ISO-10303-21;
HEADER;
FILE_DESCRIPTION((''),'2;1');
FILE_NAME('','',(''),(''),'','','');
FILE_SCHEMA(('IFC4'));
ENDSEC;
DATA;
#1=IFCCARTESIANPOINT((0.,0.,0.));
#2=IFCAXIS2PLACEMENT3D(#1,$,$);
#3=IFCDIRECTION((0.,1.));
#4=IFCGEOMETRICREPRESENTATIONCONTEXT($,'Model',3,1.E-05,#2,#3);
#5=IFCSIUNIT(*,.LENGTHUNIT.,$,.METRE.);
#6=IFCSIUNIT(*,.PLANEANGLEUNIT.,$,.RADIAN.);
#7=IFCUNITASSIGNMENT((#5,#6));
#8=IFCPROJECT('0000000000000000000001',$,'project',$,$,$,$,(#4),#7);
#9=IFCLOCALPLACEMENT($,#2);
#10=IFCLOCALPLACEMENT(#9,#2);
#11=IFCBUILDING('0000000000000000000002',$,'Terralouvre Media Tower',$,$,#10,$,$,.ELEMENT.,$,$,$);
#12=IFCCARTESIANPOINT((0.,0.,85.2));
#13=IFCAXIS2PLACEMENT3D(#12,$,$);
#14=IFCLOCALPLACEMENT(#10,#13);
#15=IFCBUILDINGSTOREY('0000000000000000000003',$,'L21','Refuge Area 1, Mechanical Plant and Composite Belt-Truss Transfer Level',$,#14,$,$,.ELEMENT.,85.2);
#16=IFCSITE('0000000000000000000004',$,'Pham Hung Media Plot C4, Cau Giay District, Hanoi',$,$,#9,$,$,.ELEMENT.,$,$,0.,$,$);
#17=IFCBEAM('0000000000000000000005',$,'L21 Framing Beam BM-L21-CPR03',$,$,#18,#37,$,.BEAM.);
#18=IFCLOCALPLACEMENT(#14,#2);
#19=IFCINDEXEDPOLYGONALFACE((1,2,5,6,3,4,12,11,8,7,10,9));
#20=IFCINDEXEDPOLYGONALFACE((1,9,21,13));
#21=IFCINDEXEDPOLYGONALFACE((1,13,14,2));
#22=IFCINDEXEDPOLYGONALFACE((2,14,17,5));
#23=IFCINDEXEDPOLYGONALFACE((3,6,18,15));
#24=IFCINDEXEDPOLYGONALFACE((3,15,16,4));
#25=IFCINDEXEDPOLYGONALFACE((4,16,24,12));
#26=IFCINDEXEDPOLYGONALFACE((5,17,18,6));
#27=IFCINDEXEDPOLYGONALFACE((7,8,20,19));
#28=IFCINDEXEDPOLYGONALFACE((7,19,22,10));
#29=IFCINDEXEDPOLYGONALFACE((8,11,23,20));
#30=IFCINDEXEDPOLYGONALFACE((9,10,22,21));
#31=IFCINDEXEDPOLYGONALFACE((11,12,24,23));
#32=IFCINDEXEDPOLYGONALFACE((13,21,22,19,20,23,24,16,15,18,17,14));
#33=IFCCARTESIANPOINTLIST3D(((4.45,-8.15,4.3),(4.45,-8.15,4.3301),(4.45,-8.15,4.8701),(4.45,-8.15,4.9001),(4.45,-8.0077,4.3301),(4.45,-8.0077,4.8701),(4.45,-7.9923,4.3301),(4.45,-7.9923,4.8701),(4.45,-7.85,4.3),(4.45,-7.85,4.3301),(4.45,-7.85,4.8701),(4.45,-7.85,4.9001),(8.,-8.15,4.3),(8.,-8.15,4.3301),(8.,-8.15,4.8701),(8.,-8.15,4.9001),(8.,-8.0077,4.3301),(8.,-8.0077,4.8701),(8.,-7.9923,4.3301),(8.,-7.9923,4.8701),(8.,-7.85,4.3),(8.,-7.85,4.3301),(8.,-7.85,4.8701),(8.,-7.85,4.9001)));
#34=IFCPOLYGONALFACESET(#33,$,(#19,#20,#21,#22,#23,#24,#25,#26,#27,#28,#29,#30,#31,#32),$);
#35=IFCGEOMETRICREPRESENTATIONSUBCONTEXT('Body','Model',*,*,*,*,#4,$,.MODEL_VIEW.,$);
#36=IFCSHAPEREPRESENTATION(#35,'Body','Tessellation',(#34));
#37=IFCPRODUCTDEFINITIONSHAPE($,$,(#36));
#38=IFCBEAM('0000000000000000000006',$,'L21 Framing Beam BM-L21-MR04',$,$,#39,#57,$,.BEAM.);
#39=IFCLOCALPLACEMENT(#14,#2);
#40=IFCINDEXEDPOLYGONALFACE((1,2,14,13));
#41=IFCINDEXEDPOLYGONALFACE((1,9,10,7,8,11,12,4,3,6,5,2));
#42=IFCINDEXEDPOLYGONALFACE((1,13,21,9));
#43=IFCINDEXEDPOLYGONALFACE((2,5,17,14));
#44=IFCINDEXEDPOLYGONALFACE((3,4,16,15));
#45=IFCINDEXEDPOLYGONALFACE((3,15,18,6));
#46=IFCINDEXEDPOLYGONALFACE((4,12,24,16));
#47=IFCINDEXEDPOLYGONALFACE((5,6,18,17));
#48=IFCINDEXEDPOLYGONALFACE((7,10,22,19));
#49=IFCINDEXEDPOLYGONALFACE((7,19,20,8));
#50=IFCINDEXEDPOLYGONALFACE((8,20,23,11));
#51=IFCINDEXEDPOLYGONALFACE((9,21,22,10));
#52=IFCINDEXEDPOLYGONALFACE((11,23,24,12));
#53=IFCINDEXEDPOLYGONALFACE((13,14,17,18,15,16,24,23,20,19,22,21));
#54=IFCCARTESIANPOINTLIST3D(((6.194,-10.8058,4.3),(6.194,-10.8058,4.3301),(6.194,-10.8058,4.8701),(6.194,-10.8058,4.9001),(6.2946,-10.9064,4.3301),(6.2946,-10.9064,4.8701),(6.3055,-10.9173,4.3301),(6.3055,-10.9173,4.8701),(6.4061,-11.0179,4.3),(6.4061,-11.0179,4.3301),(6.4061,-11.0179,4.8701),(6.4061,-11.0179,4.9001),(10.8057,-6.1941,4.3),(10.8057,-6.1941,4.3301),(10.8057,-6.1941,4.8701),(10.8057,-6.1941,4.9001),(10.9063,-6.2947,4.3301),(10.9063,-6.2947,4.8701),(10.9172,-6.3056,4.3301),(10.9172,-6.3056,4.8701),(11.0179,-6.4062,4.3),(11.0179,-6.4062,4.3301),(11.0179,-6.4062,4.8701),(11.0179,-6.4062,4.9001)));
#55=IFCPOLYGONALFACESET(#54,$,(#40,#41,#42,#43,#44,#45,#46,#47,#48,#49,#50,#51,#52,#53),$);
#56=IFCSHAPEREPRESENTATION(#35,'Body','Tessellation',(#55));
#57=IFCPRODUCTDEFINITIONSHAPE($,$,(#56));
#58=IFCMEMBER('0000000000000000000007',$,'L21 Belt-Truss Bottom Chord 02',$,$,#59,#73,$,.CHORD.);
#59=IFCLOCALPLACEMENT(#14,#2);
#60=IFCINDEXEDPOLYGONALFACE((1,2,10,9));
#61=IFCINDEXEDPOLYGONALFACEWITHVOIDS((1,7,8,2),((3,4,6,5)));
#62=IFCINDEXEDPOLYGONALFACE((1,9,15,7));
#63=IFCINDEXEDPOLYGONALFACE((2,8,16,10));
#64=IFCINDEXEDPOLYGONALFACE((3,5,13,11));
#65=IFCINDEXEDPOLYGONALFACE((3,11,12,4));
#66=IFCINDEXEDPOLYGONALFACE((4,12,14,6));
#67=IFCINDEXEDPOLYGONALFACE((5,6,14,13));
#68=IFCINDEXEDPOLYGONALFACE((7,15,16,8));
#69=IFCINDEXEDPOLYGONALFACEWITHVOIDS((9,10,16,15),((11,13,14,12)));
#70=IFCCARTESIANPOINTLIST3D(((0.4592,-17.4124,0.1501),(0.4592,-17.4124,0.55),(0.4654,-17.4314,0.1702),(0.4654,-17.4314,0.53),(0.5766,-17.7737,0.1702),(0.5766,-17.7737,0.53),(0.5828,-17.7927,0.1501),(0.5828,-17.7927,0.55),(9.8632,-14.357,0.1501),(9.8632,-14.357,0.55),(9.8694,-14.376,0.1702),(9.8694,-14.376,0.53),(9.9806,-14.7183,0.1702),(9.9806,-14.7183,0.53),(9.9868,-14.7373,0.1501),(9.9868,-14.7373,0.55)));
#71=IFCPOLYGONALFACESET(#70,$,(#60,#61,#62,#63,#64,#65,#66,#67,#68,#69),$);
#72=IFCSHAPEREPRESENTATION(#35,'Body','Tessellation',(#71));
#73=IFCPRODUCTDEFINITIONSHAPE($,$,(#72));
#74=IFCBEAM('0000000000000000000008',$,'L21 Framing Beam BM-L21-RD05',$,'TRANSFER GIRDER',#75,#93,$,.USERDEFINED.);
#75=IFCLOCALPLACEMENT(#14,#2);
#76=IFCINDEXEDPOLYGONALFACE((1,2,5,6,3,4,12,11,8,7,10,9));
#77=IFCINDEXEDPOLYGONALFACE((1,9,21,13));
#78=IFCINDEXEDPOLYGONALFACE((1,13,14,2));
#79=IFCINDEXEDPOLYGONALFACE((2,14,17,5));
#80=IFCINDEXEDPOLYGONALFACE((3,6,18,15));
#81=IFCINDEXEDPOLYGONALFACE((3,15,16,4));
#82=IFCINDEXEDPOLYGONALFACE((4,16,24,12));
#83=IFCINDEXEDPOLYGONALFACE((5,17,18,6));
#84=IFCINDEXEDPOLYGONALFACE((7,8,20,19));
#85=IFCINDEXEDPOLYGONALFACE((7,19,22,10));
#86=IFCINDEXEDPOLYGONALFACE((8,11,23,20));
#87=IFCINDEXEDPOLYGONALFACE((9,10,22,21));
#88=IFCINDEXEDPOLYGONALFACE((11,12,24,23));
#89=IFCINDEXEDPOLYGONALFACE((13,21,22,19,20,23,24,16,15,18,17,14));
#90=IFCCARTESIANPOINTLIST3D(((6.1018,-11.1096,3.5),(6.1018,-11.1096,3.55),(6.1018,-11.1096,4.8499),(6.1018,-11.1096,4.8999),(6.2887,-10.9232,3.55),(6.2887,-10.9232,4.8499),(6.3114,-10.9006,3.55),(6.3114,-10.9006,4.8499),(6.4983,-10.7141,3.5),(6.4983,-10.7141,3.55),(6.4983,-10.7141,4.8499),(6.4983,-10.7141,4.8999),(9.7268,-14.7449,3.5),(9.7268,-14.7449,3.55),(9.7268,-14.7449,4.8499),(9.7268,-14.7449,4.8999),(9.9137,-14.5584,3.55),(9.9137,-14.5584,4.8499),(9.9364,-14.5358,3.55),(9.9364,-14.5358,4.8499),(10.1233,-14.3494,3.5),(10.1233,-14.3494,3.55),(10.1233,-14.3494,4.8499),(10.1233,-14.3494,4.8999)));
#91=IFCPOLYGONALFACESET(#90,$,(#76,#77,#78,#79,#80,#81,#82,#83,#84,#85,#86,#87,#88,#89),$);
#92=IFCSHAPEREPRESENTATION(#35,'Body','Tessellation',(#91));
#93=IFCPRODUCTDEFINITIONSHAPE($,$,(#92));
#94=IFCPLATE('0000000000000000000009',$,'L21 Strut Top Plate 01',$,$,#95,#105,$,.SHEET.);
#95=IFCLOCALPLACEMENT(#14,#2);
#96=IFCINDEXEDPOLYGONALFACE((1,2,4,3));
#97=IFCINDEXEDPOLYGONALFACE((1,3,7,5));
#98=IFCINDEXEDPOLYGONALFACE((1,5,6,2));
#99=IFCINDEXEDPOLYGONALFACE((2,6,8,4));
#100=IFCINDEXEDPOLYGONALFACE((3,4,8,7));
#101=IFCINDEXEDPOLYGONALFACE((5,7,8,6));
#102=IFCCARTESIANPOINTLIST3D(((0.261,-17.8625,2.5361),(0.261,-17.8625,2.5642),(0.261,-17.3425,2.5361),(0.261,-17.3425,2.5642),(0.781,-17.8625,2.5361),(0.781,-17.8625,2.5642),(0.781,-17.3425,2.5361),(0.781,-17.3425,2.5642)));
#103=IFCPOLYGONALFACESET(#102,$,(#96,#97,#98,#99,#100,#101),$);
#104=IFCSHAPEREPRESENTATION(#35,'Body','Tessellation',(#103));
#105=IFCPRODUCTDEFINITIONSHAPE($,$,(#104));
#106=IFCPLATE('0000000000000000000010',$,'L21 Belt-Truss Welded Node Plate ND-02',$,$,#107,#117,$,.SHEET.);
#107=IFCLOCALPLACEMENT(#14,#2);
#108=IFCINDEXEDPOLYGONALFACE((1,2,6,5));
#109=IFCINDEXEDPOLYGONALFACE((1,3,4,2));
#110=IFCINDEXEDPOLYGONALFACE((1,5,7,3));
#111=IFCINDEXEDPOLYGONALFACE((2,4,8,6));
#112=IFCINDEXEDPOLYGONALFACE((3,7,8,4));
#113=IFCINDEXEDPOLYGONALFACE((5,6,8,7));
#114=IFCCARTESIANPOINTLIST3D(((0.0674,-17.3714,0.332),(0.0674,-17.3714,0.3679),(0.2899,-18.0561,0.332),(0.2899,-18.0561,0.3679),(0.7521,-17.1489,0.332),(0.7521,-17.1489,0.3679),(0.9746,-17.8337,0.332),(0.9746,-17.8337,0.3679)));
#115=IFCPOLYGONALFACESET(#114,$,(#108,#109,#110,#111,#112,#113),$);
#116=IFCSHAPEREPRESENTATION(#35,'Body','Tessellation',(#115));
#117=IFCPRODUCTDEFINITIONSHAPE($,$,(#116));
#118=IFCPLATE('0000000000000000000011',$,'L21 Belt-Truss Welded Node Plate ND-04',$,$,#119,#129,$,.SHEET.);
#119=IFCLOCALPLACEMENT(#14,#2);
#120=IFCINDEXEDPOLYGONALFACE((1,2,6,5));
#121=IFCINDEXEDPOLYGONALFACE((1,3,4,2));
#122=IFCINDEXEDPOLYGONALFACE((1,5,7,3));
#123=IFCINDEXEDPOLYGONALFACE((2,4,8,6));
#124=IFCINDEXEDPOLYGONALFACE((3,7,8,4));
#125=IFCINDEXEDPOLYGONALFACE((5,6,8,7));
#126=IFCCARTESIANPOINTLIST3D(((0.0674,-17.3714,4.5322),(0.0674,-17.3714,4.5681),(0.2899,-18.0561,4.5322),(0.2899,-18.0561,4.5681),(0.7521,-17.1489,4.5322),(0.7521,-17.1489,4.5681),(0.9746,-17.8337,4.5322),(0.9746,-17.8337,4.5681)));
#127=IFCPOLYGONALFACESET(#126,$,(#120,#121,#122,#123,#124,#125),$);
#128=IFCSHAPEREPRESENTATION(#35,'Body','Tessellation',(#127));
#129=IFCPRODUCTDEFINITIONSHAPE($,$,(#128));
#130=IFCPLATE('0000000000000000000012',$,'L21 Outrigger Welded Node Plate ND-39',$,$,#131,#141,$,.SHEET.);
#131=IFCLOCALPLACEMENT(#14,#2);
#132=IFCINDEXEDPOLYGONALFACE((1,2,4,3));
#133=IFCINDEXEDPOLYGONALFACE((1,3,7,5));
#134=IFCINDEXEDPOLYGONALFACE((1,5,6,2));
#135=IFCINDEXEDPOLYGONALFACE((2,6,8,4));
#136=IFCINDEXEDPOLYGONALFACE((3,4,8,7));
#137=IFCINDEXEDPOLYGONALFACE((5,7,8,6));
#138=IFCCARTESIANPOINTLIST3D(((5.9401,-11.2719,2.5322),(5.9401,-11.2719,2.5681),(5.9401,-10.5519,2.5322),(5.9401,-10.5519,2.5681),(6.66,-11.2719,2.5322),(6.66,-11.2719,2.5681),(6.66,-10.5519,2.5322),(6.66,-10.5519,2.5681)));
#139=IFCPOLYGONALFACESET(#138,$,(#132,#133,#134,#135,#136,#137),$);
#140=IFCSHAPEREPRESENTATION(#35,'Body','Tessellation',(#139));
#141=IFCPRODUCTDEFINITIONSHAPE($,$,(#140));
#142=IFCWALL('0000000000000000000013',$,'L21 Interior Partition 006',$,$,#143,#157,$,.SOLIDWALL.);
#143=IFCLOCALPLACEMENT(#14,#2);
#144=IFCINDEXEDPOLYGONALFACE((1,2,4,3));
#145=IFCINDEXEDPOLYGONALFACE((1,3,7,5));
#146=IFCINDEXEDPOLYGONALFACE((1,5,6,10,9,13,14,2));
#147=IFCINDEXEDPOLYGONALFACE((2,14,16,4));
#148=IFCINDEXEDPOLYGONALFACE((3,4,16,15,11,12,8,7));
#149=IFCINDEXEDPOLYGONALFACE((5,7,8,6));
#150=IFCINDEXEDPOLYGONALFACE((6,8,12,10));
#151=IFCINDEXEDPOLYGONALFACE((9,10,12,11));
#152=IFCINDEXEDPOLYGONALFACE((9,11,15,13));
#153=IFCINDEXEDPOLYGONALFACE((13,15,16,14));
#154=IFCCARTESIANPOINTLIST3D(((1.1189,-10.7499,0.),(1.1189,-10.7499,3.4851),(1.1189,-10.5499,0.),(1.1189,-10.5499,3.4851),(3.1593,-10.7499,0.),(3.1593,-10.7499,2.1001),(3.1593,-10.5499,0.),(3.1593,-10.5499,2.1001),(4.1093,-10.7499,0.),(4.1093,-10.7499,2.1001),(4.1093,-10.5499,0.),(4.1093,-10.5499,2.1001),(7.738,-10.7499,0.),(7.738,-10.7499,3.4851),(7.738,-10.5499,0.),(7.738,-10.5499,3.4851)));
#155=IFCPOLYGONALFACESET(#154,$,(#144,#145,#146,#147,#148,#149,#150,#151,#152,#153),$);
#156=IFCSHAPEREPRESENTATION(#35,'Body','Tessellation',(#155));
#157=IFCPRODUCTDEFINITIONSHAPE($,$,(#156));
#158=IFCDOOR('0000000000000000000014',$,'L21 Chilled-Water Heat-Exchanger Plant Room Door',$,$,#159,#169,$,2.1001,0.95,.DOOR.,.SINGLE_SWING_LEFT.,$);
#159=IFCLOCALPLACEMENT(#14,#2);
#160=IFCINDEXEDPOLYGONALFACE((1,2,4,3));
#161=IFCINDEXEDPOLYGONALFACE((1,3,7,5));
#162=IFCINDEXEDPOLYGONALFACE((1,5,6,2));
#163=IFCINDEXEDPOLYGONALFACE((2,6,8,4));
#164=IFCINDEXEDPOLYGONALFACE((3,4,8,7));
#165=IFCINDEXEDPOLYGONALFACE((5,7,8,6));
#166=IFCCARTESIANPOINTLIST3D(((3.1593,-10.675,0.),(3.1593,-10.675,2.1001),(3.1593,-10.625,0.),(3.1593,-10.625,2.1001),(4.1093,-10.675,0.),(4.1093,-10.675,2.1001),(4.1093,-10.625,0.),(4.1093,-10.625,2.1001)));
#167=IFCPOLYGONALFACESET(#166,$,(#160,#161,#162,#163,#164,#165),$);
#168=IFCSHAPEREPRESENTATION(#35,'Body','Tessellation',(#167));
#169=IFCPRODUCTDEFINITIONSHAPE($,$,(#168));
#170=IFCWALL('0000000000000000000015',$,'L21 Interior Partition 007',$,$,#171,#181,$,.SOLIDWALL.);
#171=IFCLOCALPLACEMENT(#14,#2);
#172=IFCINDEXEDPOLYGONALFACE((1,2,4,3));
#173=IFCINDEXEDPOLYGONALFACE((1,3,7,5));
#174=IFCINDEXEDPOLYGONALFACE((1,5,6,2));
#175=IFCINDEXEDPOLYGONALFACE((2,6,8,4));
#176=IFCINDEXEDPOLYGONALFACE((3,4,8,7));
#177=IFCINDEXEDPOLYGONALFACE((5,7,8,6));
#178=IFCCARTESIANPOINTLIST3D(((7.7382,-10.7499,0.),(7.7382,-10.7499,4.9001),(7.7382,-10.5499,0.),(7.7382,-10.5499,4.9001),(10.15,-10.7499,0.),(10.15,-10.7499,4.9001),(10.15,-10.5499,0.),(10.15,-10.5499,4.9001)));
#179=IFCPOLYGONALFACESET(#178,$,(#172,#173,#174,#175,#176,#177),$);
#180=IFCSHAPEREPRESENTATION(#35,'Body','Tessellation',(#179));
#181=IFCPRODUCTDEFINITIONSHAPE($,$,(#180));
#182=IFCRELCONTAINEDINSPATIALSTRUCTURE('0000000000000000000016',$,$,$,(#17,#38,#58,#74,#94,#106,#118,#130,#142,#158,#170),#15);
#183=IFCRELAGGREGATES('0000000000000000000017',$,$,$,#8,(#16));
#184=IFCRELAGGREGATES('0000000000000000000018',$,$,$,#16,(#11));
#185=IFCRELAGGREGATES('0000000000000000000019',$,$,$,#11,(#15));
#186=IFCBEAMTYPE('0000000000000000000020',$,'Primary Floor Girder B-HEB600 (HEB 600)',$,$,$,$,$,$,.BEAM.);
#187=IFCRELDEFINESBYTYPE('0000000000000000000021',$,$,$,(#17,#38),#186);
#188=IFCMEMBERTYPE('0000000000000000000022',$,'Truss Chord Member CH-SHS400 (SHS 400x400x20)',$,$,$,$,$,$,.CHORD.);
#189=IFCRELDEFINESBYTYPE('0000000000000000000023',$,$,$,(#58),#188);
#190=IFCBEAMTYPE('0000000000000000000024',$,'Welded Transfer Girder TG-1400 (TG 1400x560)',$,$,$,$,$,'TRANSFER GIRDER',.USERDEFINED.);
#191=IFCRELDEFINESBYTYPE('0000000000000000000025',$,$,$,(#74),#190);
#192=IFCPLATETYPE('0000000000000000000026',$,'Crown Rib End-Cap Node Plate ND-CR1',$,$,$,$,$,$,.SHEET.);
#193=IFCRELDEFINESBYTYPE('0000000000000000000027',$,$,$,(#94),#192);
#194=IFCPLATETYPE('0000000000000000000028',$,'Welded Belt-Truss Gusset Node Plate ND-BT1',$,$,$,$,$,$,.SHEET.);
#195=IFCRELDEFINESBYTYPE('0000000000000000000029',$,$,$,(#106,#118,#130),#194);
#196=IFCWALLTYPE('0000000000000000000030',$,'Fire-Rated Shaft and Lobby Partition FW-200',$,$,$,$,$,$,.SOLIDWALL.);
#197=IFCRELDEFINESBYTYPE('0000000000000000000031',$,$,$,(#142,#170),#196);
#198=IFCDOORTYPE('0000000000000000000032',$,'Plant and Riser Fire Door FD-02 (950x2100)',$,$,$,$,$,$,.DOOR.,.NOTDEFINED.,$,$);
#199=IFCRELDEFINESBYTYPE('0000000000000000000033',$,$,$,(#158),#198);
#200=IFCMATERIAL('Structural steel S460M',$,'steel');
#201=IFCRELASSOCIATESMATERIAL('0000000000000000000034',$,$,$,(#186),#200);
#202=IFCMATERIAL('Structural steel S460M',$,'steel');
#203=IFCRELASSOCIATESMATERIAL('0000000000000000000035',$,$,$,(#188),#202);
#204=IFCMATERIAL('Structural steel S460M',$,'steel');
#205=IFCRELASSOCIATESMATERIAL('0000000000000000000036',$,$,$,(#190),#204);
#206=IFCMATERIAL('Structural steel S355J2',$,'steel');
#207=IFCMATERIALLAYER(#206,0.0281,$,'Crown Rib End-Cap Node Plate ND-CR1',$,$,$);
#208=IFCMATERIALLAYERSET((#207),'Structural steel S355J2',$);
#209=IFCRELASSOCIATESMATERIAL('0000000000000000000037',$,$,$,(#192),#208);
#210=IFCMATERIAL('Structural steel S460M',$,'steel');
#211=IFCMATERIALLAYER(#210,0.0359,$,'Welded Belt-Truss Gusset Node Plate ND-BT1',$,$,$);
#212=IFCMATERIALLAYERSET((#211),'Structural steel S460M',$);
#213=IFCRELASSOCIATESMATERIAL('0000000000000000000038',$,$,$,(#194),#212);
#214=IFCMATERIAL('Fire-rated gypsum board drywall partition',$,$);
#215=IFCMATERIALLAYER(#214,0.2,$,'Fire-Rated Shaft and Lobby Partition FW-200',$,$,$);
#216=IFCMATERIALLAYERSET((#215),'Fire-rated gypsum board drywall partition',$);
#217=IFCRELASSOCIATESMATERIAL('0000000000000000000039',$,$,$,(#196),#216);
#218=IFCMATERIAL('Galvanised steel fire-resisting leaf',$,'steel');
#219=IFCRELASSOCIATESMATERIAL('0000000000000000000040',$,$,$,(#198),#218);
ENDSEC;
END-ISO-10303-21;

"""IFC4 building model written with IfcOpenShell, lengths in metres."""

from ifc_helpers import new_model, si_unit, direction, frame, frame_2d, origin, origin_2d, place, context, subcontext, project, spatial, rectangle, hollow_rectangle, i_section, extrude, material, layer, layer_set, material_profile, profile_set, type_object, element, fill, save


model = new_model("IFC4")

# Units and contexts
model_context = context("Model", 3, precision=1e-05, world=origin(), true_north=direction((0.0, 1.0)))
body_context = subcontext(model_context, "Body", "Model", "MODEL_VIEW")
ifc_project = project(units=[si_unit("LENGTHUNIT", "METRE"), si_unit("PLANEANGLEUNIT", "RADIAN")], contexts=[model_context])

# Site, building, storey
site_placement = place(None, origin())
site = spatial("IfcSite", under=ifc_project, at=site_placement, Name="Pham Hung Media Plot C4, Cau Giay District, Hanoi", CompositionType="ELEMENT", RefElevation=0.0)
building_placement = place(site_placement, origin())
building = spatial("IfcBuilding", under=site, at=building_placement, Name="Terralouvre Media Tower", CompositionType="ELEMENT")
storey_placement = place(building_placement, frame((0.0, 0.0, 85.2)))
storey = spatial("IfcBuildingStorey", under=building, at=storey_placement, Name="L21", Description="Refuge Area 1, Mechanical Plant and Composite Belt-Truss Transfer Level", CompositionType="ELEMENT", Elevation=85.2)

# Beams
ifc_material_1 = material(Name="Structural steel S460M", Category="steel")
ifc_material_profile_1 = material_profile(ifc_material_1, i_section(OverallWidth=0.3, OverallDepth=0.6001, WebThickness=0.0154, FlangeThickness=0.03, at=origin_2d()), Name="HEB 600")
ifc_profile_set_1 = profile_set([ifc_material_profile_1], Name="Structural steel S460M")
beam_type_1 = type_object("IfcBeamType", Name="Primary Floor Girder B-HEB600 (HEB 600)", PredefinedType="BEAM", material=ifc_profile_set_1)
beam_1_placement = place(storey_placement, frame((4.45, -8.0, 4.6001), z_axis=(1.0, 0.0, 0.0), x_axis=(0.0, 1.0, 0.0)))
element("IfcBeam", 1, at=beam_1_placement, inside=storey, type_object=beam_type_1, Name="L21 Framing Beam BM-L21-CPR03", PredefinedType="BEAM", context=body_context, shape_type="SweptSolid", body=[
    extrude(i_section(OverallWidth=0.3, OverallDepth=0.6001, WebThickness=0.0154, FlangeThickness=0.03, at=origin_2d()), origin(), (0.0, 0.0, 1.0), 3.55),
])
beam_2_placement = place(storey_placement, frame((6.3, -10.9119, 4.6001), z_axis=(0.707107, 0.707107, 0.0), x_axis=(-0.707107, 0.707107, 0.0)))
element("IfcBeam", 2, at=beam_2_placement, inside=storey, type_object=beam_type_1, Name="L21 Framing Beam BM-L21-MR04", PredefinedType="BEAM", context=body_context, shape_type="SweptSolid", body=[
    extrude(i_section(OverallWidth=0.3, OverallDepth=0.6001, WebThickness=0.0154, FlangeThickness=0.03, at=origin_2d()), origin(), (0.0, 0.0, 1.0), 6.522),
])

# Member
ifc_material_2 = material(Name="Structural steel S460M", Category="steel")
ifc_material_profile_2 = material_profile(ifc_material_2, hollow_rectangle(XDim=0.3999, YDim=0.3999, WallThickness=0.02, at=origin_2d()), Name="SHS 400x400x20")
ifc_profile_set_2 = profile_set([ifc_material_profile_2], Name="Structural steel S460M")
member_type_1 = type_object("IfcMemberType", Name="Truss Chord Member CH-SHS400 (SHS 400x400x20)", PredefinedType="CHORD", material=ifc_profile_set_2)
member_1_placement = place(storey_placement, frame((0.521, -17.6025, 0.3501), z_axis=(0.951061, 0.309004, 0.0), x_axis=(-0.309004, 0.951061, 0.0)))
element("IfcMember", 3, at=member_1_placement, inside=storey, type_object=member_type_1, Name="L21 Belt-Truss Bottom Chord 02", PredefinedType="CHORD", context=body_context, shape_type="SweptSolid", body=[
    extrude(hollow_rectangle(XDim=0.3999, YDim=0.3999, WallThickness=0.02, at=origin_2d()), origin(), (0.0, 0.0, 1.0), 9.8879),
])

# Beam
ifc_material_3 = material(Name="Structural steel S460M", Category="steel")
ifc_material_profile_3 = material_profile(ifc_material_3, i_section(OverallWidth=0.5601, OverallDepth=1.3999, WebThickness=0.032, FlangeThickness=0.05, at=origin_2d()), Name="TG 1400x560")
ifc_profile_set_3 = profile_set([ifc_material_profile_3], Name="Structural steel S460M")
beam_type_2 = type_object("IfcBeamType", Name="Welded Transfer Girder TG-1400 (TG 1400x560)", ElementType="TRANSFER GIRDER", PredefinedType="USERDEFINED", material=ifc_profile_set_3)
beam_3_placement = place(storey_placement, frame((6.3, -10.9119, 4.2), z_axis=(0.706107, -0.708105, 0.0), x_axis=(0.708105, 0.706107, 0.0)))
element("IfcBeam", 4, at=beam_3_placement, inside=storey, type_object=beam_type_2, Name="L21 Framing Beam BM-L21-RD05", ObjectType="TRANSFER GIRDER", PredefinedType="USERDEFINED", context=body_context, shape_type="SweptSolid", body=[
    extrude(i_section(OverallWidth=0.5601, OverallDepth=1.3999, WebThickness=0.032, FlangeThickness=0.05, at=origin_2d()), origin(), (0.0, 0.0, 1.0), 5.1338),
])

# Plates
ifc_material_4 = material(Name="Structural steel S355J2", Category="steel")
ifc_layer_1 = layer(ifc_material_4, 0.0281, Name="Crown Rib End-Cap Node Plate ND-CR1")
ifc_layer_set_1 = layer_set([ifc_layer_1], Name="Structural steel S355J2")
plate_type_1 = type_object("IfcPlateType", Name="Crown Rib End-Cap Node Plate ND-CR1", PredefinedType="SHEET", material=ifc_layer_set_1)
plate_placement = place(storey_placement, frame((0.521, -17.6025, 2.5361), z_axis=(0.0, 0.0, 1.0), x_axis=(1.0, 0.0, 0.0)))
element("IfcPlate", 5, at=plate_placement, inside=storey, type_object=plate_type_1, Name="L21 Strut Top Plate 01", PredefinedType="SHEET", context=body_context, shape_type="SweptSolid", body=[
    extrude(rectangle(XDim=0.52, YDim=0.52, at=origin_2d()), origin(), (0.0, 0.0, 1.0), 0.0281),
])
ifc_material_5 = material(Name="Structural steel S460M", Category="steel")
ifc_layer_2 = layer(ifc_material_5, 0.0359, Name="Welded Belt-Truss Gusset Node Plate ND-BT1")
ifc_layer_set_2 = layer_set([ifc_layer_2], Name="Structural steel S460M")
plate_type_2 = type_object("IfcPlateType", Name="Welded Belt-Truss Gusset Node Plate ND-BT1", PredefinedType="SHEET", material=ifc_layer_set_2)
for number, where, z_axis, x_axis, name in (
    (6, (0.521, -17.6025, 0.332), (0.0, 0.0, 1.0), (0.951057, 0.309017, 0.0), "L21 Belt-Truss Welded Node Plate ND-02"),
    (7, (0.521, -17.6025, 4.5322), (0.0, 0.0, 1.0), (0.951057, 0.309017, 0.0), "L21 Belt-Truss Welded Node Plate ND-04"),
    (8, (6.3, -10.9119, 2.5322), (0.0, 0.0, 1.0), (1.0, 0.0, 0.0), "L21 Outrigger Welded Node Plate ND-39"),
):
    element("IfcPlate", number, at=place(storey_placement, frame(where, z_axis=z_axis, x_axis=x_axis)), inside=storey, type_object=plate_type_2, Name=name, PredefinedType="SHEET", context=body_context, shape_type="SweptSolid", body=[
        extrude(rectangle(XDim=0.72, YDim=0.72, at=origin_2d()), origin(), (0.0, 0.0, 1.0), 0.0359),
    ])

# Wall, opening, door
ifc_material_6 = material(Name="Fire-rated gypsum board drywall partition")
ifc_layer_3 = layer(ifc_material_6, 0.2, Name="Fire-Rated Shaft and Lobby Partition FW-200")
ifc_layer_set_3 = layer_set([ifc_layer_3], Name="Fire-rated gypsum board drywall partition")
wall_type = type_object("IfcWallType", Name="Fire-Rated Shaft and Lobby Partition FW-200", PredefinedType="SOLIDWALL", material=ifc_layer_set_3)
wall_1_placement = place(storey_placement, frame((1.1189, -10.6499, 0.0), z_axis=(0.0, 0.0, 1.0), x_axis=(1.0, 0.0, 0.0)))
wall_1 = element("IfcWall", 9, at=wall_1_placement, inside=storey, type_object=wall_type, Name="L21 Interior Partition 006", PredefinedType="SOLIDWALL", context=body_context, shape_type="SweptSolid", body=[
    extrude(rectangle(XDim=6.6191, YDim=0.2, at=frame_2d((3.3096, 0.0))), origin(), (0.0, 0.0, 1.0), 3.4851),
])
opening_placement = place(wall_1_placement, frame((2.0403, 0.0, 0.0)))
opening = element("IfcOpeningElement", 10, at=opening_placement, cuts=wall_1, PredefinedType="OPENING", context=body_context, shape_type="SweptSolid", body=[
    extrude(rectangle(XDim=0.95, YDim=2.1001, at=frame_2d((0.4751, 1.05))), frame((0.0, 0.1099, 0.0), z_axis=(0.0, -1.0, 0.0), x_axis=(1.0, 0.0, 0.0)), (0.0, 0.0, 1.0), 0.22),
])
ifc_material_7 = material(Name="Galvanised steel fire-resisting leaf", Category="steel")
door_type = type_object("IfcDoorType", Name="Plant and Riser Fire Door FD-02 (950x2100)", OperationType="NOTDEFINED", PredefinedType="DOOR", material=ifc_material_7)
door_placement = place(opening_placement, origin())
door = element("IfcDoor", 11, at=door_placement, inside=storey, type_object=door_type, Name="L21 Chilled-Water Heat-Exchanger Plant Room Door", OperationType="SINGLE_SWING_LEFT", OverallHeight=2.1001, OverallWidth=0.95, PredefinedType="DOOR", context=body_context, shape_type="SweptSolid", body=[
    extrude(rectangle(XDim=0.95, YDim=2.1001, at=frame_2d((0.4751, 1.05))), frame((0.0, 0.0249, 0.0), z_axis=(0.0, -1.0, 0.0), x_axis=(1.0, 0.0, 0.0)), (0.0, 0.0, 1.0), 0.05),
])
fill(opening, door)

# Wall
wall_2_placement = place(storey_placement, frame((7.738, -10.6499, 0.0), z_axis=(0.0, 0.0, 1.0), x_axis=(1.0, 0.0, 0.0)))
element("IfcWall", 12, at=wall_2_placement, inside=storey, type_object=wall_type, Name="L21 Interior Partition 007", PredefinedType="SOLIDWALL", context=body_context, shape_type="SweptSolid", body=[
    extrude(rectangle(XDim=2.4119, YDim=0.2, at=frame_2d((1.2061, 0.0))), origin(), (0.0, 0.0, 1.0), 4.9001),
])

save(model, "model.ifc")
